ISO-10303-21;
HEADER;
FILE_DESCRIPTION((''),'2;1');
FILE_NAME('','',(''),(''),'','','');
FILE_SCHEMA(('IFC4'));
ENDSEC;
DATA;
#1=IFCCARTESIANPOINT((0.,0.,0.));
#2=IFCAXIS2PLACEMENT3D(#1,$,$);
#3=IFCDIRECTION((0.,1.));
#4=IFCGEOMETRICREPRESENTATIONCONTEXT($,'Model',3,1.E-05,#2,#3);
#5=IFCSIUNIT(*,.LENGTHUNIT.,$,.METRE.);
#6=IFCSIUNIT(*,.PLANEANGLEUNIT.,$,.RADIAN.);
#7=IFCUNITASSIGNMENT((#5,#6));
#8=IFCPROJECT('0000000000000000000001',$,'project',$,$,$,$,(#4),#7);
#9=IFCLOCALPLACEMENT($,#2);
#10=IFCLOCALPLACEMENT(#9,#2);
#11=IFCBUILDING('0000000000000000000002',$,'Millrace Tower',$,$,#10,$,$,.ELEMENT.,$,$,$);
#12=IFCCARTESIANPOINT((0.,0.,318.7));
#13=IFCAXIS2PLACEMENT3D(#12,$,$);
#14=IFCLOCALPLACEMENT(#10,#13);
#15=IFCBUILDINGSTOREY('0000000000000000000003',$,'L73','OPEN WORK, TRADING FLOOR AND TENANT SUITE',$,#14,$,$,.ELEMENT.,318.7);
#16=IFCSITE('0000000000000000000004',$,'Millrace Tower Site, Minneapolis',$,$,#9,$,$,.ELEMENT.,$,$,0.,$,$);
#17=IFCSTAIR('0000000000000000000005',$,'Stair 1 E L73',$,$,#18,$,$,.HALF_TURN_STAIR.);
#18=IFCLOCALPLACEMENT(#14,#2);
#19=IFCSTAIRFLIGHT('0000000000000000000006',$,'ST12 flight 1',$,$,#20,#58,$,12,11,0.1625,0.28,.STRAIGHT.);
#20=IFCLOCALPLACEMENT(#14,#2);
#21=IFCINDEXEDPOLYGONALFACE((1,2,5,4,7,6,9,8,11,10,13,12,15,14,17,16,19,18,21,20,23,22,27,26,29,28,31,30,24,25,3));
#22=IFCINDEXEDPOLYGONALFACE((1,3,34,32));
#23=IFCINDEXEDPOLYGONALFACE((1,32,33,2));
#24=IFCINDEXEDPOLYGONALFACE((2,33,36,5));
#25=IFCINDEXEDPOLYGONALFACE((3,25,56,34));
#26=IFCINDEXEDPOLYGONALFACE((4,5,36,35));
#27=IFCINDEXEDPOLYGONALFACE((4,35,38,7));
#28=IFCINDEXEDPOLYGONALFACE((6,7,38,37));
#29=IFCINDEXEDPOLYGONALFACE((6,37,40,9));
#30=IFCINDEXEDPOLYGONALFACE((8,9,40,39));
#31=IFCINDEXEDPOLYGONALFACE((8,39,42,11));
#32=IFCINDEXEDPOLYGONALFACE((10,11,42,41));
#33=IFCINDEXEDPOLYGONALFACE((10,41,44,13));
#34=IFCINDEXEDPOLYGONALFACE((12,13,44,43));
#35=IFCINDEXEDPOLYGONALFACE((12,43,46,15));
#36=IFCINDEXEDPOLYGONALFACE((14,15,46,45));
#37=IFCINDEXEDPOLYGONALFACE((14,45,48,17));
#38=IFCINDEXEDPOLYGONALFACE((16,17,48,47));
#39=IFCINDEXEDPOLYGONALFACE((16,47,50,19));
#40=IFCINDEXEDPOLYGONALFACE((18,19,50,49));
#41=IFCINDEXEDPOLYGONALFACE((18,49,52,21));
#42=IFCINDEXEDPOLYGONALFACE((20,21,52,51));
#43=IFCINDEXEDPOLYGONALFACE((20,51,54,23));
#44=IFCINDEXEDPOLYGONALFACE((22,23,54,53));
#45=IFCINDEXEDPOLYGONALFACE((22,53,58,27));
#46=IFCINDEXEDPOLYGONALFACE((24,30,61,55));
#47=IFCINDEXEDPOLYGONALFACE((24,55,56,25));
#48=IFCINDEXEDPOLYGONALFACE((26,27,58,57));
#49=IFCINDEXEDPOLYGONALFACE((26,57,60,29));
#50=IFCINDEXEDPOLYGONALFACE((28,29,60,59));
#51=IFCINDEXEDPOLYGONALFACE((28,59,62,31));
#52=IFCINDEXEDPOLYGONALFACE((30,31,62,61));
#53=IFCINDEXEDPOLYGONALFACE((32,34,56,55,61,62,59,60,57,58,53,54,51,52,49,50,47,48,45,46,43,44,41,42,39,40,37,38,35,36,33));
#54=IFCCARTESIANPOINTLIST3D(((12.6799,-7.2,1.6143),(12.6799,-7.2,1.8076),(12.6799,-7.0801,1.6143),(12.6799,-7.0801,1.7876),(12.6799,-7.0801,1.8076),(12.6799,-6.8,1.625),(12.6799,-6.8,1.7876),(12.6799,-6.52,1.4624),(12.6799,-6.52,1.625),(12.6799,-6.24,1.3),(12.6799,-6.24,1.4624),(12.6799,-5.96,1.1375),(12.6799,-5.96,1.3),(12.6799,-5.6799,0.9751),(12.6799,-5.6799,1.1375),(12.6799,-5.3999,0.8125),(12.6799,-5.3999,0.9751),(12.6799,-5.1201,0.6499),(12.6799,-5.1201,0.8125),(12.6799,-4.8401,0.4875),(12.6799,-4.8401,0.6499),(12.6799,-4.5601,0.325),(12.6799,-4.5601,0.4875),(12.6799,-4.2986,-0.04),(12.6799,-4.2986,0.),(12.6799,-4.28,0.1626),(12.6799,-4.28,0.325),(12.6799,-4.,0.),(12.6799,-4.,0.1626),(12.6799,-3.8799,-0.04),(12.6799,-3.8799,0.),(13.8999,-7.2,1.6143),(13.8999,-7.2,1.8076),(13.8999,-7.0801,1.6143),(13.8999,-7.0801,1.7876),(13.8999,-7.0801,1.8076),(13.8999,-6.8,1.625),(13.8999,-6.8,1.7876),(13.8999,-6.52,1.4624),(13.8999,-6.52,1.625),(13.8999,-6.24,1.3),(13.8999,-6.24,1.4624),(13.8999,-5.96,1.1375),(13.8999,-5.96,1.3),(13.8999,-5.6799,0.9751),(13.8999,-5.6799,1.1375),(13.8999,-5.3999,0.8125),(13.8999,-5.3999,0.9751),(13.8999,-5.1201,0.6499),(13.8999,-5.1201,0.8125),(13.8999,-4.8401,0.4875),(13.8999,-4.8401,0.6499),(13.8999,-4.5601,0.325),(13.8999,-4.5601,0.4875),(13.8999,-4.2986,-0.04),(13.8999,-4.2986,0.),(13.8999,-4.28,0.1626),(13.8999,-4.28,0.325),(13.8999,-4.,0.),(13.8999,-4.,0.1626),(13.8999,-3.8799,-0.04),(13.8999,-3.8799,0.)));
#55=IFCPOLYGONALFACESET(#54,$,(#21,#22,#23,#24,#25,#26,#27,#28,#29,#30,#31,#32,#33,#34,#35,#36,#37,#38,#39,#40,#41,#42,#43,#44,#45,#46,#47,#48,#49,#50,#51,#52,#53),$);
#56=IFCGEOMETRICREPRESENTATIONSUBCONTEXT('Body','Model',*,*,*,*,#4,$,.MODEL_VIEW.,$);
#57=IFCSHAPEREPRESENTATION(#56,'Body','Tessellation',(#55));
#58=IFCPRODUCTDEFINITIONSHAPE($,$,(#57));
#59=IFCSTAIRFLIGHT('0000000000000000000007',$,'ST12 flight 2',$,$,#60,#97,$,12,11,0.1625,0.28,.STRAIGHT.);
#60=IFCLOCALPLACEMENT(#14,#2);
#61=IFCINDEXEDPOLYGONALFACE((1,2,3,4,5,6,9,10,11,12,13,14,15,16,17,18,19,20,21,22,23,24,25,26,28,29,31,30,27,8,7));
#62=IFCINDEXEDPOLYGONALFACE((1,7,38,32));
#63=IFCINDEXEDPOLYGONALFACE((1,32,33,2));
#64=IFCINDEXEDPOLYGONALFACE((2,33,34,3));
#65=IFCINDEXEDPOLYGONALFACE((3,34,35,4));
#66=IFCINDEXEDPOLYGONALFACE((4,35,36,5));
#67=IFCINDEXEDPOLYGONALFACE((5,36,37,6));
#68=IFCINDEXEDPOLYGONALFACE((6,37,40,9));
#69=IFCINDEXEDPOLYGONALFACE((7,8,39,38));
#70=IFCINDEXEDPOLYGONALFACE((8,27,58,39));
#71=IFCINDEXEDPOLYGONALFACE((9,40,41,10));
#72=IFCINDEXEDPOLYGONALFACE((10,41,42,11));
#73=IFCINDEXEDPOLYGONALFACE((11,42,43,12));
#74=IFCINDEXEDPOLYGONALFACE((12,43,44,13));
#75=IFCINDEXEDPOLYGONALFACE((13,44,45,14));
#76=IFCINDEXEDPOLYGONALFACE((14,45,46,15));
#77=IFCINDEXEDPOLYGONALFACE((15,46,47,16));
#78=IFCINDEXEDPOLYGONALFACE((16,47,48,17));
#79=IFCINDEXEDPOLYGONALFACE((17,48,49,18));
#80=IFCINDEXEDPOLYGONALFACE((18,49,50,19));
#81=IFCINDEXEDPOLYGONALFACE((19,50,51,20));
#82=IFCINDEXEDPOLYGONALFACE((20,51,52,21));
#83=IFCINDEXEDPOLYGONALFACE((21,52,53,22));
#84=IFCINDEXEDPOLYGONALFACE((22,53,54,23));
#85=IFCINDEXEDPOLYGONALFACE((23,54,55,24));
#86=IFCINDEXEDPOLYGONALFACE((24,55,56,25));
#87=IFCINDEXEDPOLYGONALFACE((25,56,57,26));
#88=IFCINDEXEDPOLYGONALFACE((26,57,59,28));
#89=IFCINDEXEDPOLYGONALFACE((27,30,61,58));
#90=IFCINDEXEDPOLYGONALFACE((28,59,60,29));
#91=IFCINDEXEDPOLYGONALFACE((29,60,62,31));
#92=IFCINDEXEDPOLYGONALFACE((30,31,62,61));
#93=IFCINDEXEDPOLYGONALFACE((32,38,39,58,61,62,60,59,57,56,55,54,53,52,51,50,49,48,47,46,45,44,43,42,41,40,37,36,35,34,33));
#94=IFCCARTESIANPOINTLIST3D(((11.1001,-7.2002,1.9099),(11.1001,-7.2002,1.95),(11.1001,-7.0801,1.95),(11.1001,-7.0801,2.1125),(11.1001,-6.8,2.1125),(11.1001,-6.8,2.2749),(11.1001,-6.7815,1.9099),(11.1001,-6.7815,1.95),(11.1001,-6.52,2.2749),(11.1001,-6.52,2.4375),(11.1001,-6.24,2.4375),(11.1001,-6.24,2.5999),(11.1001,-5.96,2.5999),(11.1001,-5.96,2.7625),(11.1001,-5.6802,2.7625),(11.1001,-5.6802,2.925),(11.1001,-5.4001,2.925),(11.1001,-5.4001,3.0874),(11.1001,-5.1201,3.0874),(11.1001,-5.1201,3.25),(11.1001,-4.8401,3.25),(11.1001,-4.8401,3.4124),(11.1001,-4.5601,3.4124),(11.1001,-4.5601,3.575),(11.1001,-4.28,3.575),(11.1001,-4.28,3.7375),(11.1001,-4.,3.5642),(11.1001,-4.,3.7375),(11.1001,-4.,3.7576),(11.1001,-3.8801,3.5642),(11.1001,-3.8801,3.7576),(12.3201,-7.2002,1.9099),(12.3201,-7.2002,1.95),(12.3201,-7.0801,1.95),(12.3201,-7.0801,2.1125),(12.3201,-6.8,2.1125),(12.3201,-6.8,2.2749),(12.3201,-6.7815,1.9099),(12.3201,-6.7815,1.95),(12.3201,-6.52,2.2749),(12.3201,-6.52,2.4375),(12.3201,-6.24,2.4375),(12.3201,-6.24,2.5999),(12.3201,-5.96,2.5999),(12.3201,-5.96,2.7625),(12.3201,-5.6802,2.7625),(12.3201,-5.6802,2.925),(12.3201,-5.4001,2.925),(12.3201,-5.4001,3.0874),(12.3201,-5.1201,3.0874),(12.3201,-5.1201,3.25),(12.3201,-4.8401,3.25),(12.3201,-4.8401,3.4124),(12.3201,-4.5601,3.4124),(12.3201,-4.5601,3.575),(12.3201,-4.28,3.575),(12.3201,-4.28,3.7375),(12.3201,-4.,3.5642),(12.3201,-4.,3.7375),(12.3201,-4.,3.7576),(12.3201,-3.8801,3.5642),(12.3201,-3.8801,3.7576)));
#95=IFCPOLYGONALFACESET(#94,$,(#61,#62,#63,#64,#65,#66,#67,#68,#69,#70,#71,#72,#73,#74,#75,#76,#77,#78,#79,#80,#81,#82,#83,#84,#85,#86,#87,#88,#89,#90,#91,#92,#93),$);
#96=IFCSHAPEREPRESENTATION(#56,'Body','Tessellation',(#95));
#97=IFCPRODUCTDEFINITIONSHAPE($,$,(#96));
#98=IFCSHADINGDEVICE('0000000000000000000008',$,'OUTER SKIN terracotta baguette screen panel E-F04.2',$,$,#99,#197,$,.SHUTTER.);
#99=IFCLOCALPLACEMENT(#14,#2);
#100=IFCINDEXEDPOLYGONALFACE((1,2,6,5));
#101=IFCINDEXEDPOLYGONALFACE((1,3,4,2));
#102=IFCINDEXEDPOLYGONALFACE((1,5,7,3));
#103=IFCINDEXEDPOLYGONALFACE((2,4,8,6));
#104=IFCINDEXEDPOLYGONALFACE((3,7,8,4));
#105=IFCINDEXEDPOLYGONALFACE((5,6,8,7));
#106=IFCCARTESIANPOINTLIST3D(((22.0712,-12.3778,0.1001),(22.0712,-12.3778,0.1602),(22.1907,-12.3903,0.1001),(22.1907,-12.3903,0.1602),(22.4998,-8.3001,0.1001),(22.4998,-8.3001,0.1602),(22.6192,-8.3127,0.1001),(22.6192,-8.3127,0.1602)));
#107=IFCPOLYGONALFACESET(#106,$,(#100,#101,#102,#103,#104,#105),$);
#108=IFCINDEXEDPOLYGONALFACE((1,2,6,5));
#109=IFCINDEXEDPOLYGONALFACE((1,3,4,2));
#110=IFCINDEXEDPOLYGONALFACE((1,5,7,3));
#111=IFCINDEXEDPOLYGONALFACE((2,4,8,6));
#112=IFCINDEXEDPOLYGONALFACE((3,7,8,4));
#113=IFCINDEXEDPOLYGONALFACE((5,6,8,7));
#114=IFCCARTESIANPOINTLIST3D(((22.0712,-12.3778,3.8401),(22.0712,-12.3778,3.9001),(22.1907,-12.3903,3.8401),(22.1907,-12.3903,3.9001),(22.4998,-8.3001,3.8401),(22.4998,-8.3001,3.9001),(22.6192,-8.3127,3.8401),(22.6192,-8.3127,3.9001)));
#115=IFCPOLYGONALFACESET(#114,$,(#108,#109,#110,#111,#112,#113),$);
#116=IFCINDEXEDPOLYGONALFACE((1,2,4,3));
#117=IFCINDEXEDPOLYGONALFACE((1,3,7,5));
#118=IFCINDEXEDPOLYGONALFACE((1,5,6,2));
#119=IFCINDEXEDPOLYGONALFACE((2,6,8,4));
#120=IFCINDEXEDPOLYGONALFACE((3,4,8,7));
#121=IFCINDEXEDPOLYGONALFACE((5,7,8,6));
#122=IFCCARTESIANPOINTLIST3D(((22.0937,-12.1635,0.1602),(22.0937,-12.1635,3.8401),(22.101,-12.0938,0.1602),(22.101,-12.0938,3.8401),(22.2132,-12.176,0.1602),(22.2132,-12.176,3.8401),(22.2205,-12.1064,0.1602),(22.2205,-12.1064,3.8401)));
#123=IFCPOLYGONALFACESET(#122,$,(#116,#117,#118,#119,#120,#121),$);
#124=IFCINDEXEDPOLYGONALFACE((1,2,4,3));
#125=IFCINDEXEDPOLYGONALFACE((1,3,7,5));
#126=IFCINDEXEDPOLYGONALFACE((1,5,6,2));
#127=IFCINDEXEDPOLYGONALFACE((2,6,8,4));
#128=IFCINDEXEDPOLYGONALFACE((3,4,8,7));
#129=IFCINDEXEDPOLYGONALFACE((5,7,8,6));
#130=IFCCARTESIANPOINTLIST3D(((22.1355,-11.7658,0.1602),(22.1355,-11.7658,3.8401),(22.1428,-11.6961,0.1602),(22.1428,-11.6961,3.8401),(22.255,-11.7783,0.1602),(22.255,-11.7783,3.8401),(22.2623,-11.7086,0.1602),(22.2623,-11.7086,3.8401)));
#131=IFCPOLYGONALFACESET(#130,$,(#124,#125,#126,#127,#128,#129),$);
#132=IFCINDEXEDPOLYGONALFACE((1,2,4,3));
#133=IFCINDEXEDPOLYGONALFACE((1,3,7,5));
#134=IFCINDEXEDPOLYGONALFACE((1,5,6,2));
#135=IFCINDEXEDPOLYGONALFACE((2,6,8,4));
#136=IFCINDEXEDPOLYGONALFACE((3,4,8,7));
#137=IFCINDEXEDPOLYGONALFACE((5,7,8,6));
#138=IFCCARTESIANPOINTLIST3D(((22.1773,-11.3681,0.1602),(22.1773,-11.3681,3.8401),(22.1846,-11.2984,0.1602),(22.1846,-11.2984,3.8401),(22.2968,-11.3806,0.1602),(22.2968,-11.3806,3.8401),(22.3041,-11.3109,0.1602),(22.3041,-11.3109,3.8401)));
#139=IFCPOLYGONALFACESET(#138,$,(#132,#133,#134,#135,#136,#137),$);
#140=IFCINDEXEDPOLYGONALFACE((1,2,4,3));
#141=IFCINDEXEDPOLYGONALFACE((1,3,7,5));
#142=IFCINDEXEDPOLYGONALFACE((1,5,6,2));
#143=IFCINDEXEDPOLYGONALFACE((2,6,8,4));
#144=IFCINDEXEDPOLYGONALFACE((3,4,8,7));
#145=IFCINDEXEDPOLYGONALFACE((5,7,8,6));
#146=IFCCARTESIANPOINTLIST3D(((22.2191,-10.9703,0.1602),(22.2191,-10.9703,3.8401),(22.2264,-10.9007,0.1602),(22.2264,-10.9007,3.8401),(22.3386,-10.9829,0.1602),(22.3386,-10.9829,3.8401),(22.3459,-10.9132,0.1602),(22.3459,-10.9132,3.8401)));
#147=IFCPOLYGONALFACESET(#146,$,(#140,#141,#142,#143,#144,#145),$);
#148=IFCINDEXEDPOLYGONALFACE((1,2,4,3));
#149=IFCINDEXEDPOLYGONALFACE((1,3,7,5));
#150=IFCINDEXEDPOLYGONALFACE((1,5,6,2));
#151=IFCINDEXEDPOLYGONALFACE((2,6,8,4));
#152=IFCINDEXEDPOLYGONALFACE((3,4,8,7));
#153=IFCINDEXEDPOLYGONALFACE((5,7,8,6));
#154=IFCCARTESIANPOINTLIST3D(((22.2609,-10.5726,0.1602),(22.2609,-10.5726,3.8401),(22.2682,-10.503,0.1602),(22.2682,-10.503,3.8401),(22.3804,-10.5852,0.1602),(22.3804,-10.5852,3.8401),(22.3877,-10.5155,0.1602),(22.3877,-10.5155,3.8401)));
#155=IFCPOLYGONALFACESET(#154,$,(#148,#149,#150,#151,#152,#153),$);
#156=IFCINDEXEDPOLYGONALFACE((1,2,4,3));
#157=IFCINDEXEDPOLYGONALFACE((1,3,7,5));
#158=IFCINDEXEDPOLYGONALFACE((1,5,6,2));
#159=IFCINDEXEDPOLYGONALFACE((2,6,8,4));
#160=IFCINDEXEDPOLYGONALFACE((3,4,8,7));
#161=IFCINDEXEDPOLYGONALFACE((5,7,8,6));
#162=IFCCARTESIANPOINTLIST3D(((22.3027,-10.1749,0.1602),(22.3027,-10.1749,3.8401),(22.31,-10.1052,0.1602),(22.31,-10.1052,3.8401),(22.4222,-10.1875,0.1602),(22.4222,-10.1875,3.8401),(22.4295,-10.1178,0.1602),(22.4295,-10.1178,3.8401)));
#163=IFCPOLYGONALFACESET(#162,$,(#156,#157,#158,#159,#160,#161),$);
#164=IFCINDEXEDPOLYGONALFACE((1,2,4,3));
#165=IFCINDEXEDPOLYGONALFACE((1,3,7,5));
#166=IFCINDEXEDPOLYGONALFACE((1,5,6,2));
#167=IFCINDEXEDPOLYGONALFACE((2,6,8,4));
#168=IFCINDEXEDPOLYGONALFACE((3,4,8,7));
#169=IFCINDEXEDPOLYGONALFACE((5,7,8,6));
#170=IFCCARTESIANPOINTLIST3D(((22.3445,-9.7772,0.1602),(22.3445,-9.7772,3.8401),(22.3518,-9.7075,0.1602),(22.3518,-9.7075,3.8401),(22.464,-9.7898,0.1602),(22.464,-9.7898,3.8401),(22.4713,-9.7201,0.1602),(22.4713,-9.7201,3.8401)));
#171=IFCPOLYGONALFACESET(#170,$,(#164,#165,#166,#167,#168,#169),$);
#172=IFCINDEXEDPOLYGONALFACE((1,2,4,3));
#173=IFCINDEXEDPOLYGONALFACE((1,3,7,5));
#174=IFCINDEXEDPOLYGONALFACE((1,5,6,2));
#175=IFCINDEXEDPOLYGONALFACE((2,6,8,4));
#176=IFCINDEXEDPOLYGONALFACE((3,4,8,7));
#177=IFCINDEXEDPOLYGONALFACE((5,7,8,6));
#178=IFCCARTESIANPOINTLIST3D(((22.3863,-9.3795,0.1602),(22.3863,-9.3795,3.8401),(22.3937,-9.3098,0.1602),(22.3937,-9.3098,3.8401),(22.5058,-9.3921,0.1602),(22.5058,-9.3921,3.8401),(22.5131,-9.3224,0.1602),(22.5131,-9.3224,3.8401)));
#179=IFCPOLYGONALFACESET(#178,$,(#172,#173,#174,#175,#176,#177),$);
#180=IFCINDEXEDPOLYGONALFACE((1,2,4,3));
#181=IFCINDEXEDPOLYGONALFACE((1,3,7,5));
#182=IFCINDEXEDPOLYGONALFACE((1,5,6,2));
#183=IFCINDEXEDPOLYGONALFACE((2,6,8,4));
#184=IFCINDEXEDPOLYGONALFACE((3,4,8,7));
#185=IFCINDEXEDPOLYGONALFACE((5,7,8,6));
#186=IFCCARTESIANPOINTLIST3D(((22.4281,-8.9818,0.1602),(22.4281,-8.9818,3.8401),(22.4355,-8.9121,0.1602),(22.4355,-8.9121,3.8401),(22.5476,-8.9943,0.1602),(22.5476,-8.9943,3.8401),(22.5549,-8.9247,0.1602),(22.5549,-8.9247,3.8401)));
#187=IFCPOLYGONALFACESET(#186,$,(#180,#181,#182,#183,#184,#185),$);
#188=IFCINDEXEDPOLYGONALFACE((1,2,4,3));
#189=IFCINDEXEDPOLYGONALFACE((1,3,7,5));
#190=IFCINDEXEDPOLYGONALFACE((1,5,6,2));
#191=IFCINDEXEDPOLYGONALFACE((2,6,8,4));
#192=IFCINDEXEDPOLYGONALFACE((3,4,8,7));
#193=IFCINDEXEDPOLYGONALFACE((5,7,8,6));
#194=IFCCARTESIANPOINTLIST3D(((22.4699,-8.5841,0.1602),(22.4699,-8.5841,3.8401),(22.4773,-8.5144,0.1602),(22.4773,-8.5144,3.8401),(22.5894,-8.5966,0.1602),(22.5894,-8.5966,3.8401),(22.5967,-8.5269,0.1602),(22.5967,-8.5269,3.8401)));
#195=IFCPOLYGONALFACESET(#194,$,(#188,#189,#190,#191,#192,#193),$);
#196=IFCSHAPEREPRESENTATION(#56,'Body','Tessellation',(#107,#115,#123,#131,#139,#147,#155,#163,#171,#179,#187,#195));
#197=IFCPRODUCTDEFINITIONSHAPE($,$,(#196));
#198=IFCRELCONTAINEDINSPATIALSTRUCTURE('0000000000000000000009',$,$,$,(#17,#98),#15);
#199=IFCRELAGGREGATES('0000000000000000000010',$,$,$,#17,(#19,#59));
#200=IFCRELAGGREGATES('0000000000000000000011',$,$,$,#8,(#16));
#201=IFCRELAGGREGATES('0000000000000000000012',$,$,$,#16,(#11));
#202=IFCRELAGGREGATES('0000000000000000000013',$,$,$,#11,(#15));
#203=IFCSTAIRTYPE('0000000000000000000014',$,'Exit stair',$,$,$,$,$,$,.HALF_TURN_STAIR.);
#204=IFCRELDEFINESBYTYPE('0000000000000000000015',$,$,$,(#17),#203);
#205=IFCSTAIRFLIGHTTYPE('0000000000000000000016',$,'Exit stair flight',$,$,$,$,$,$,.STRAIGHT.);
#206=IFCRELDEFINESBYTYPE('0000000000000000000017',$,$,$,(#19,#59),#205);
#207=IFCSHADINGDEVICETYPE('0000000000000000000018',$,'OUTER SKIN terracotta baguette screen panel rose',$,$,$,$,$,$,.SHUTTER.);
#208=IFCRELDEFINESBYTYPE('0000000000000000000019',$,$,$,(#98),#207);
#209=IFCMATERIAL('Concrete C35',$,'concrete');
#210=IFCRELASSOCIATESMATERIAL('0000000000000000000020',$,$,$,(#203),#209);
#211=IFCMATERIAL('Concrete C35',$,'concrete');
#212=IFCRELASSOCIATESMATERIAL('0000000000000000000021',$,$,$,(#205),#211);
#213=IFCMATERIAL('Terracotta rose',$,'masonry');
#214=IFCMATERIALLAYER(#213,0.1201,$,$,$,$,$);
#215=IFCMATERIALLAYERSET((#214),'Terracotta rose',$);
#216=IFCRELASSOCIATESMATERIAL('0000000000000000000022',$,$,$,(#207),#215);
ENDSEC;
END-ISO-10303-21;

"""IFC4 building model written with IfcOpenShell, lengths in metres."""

from ifc_helpers import new_model, entity, si_unit, direction, frame, frame_2d, origin, place, context, subcontext, project, spatial, polyline, rectangle, outline, extrude, source, transform, mapped, material, layer, layer_set, type_object, element, aggregate, save


model = new_model("IFC4")

# Units and contexts
model_context = context("Model", 3, precision=1e-05, world=origin(), true_north=direction((0.0, 1.0)))
body_context = subcontext(model_context, "Body", "Model", "MODEL_VIEW")
ifc_project = project(units=[si_unit("LENGTHUNIT", "METRE"), si_unit("PLANEANGLEUNIT", "RADIAN")], contexts=[model_context])

# Site, building, storey
site_placement = place(None, origin())
site = spatial("IfcSite", under=ifc_project, at=site_placement, Name="Millrace Tower Site, Minneapolis", CompositionType="ELEMENT", RefElevation=0.0)
building_placement = place(site_placement, origin())
building = spatial("IfcBuilding", under=site, at=building_placement, Name="Millrace Tower", CompositionType="ELEMENT")
storey_placement = place(building_placement, frame((0.0, 0.0, 318.7)))
storey = spatial("IfcBuildingStorey", under=building, at=storey_placement, Name="L73", Description="OPEN WORK, TRADING FLOOR AND TENANT SUITE", CompositionType="ELEMENT", Elevation=318.7)

# Shared definitions
placement = place(storey_placement, origin())

# Stair, stair flights
ifc_material_1 = material(Name="Concrete C35", Category="concrete")
stair_type = type_object("IfcStairType", Name="Exit stair", PredefinedType="HALF_TURN_STAIR", material=ifc_material_1)
stair = element("IfcStair", 1, at=placement, inside=storey, type_object=stair_type, Name="Stair 1 E L73", PredefinedType="HALF_TURN_STAIR")
ifc_material_2 = material(Name="Concrete C35", Category="concrete")
stair_flight_type = type_object("IfcStairFlightType", Name="Exit stair flight", PredefinedType="STRAIGHT", material=ifc_material_2)
stair_flight_1_placement = place(storey_placement, frame((13.29, -4.0, 0.0), z_axis=(0.0, 0.0, 1.0), x_axis=(0.0, -1.0, 0.0)))
stair_flight_1 = element("IfcStairFlight", 2, at=stair_flight_1_placement, type_object=stair_flight_type, Name="ST12 flight 1", NumberOfRisers=12, NumberOfTreads=11, PredefinedType="STRAIGHT", RiserHeight=0.1625, TreadLength=0.28, context=body_context, shape_type="SweptSolid", body=[
    extrude(outline(polyline([(-0.1201, -0.04), (-0.1201, 0.0), (0.0, 0.0), (0.0, 0.1626), (0.28, 0.1626), (0.28, 0.325), (0.5601, 0.325), (0.5601, 0.4875), (0.8401, 0.4875), (0.8401, 0.6499), (1.1201, 0.6499), (1.1201, 0.8125), (1.3999, 0.8125), (1.3999, 0.9751), (1.6799, 0.9751), (1.6799, 1.1375), (1.96, 1.1375), (1.96, 1.3), (2.24, 1.3), (2.24, 1.4624), (2.52, 1.4624), (2.52, 1.625), (2.8, 1.625), (2.8, 1.7876), (3.0801, 1.7876), (3.0801, 1.8076), (3.2, 1.8076), (3.2, 1.6143), (3.0801, 1.6143), (0.2986, 0.0), (0.2986, -0.04), (-0.1201, -0.04)])), frame((0.0, 0.6099, 0.0), z_axis=(0.0, -1.0, 0.0), x_axis=(1.0, 0.0, 0.0)), (0.0, 0.0, 1.0), 1.22),
])
stair_flight_2_placement = place(storey_placement, frame((11.71, -7.0801, 1.95), z_axis=(0.0, 0.0, 1.0), x_axis=(0.0, 1.0, 0.0)))
stair_flight_2 = element("IfcStairFlight", 3, at=stair_flight_2_placement, type_object=stair_flight_type, Name="ST12 flight 2", NumberOfRisers=12, NumberOfTreads=11, PredefinedType="STRAIGHT", RiserHeight=0.1625, TreadLength=0.28, context=body_context, shape_type="SweptSolid", body=[
    extrude(outline(polyline([(-0.1201, -0.04), (-0.1201, 0.0), (0.0, 0.0), (0.0, 0.1626), (0.28, 0.1626), (0.28, 0.325), (0.5601, 0.325), (0.5601, 0.4875), (0.8401, 0.4875), (0.8401, 0.6499), (1.1201, 0.6499), (1.1201, 0.8125), (1.3999, 0.8125), (1.3999, 0.9751), (1.6799, 0.9751), (1.6799, 1.1375), (1.96, 1.1375), (1.96, 1.3), (2.24, 1.3), (2.24, 1.4624), (2.52, 1.4624), (2.52, 1.625), (2.8, 1.625), (2.8, 1.7876), (3.0801, 1.7876), (3.0801, 1.8076), (3.2, 1.8076), (3.2, 1.6143), (3.0801, 1.6143), (0.2986, 0.0), (0.2986, -0.04), (-0.1201, -0.04)])), frame((0.0, 0.6099, 0.0), z_axis=(0.0, -1.0, 0.0), x_axis=(1.0, 0.0, 0.0)), (0.0, 0.0, 1.0), 1.22),
])
aggregate(stair, [stair_flight_1, stair_flight_2])

# Shading device
ifc_material_3 = material(Name="Terracotta rose", Category="masonry")
ifc_layer_1 = layer(ifc_material_3, 0.1201)
ifc_layer_set_1 = layer_set([ifc_layer_1], Name="Terracotta rose")
shading_device_type = type_object("IfcShadingDeviceType", Name="OUTER SKIN terracotta baguette screen panel rose", PredefinedType="SHUTTER", material=ifc_layer_set_1)
cartesian_point = entity("IfcCartesianPoint", [-2.05, 0.0601])
shared_polyline = entity("IfcPolyline", [cartesian_point, entity("IfcCartesianPoint", [2.05, 0.0601]), entity("IfcCartesianPoint", [2.05, -0.0601]), entity("IfcCartesianPoint", [-2.05, -0.0601]), cartesian_point])
shared_shape = source(origin(), body_context, "Body", "SweptSolid", [
    entity("IfcExtrudedAreaSolid", entity("IfcArbitraryClosedProfileDef", "AREA", None, shared_polyline), entity("IfcAxis2Placement3D", entity("IfcCartesianPoint", [0.0, 0.0, 0.0])), entity("IfcDirection", [0.0, 0.0, 1.0]), 0.0601),
    entity("IfcExtrudedAreaSolid", entity("IfcArbitraryClosedProfileDef", "AREA", None, shared_polyline), entity("IfcAxis2Placement3D", entity("IfcCartesianPoint", [0.0, 0.0, 3.74])), entity("IfcDirection", [0.0, 0.0, 1.0]), 0.0601),
    extrude(rectangle(XDim=0.0701, YDim=0.1201, at=frame_2d((-1.7996, 0.0))), frame((0.0, 0.0, 0.0601)), (0.0, 0.0, 1.0), 3.6799),
    extrude(rectangle(XDim=0.0701, YDim=0.1201, at=frame_2d((-1.3997, 0.0))), frame((0.0, 0.0, 0.0601)), (0.0, 0.0, 1.0), 3.6799),
    extrude(rectangle(XDim=0.0701, YDim=0.1201, at=frame_2d((-0.9998, 0.0))), frame((0.0, 0.0, 0.0601)), (0.0, 0.0, 1.0), 3.6799),
    extrude(rectangle(XDim=0.0701, YDim=0.1201, at=frame_2d((-0.5999, 0.0))), frame((0.0, 0.0, 0.0601)), (0.0, 0.0, 1.0), 3.6799),
    extrude(rectangle(XDim=0.0701, YDim=0.1201, at=frame_2d((-0.2, 0.0))), frame((0.0, 0.0, 0.0601)), (0.0, 0.0, 1.0), 3.6799),
    extrude(rectangle(XDim=0.0701, YDim=0.1201, at=frame_2d((0.2, 0.0))), frame((0.0, 0.0, 0.0601)), (0.0, 0.0, 1.0), 3.6799),
    extrude(rectangle(XDim=0.0701, YDim=0.1201, at=frame_2d((0.5999, 0.0))), frame((0.0, 0.0, 0.0601)), (0.0, 0.0, 1.0), 3.6799),
    extrude(rectangle(XDim=0.0701, YDim=0.1201, at=frame_2d((0.9998, 0.0))), frame((0.0, 0.0, 0.0601)), (0.0, 0.0, 1.0), 3.6799),
    extrude(rectangle(XDim=0.0701, YDim=0.1201, at=frame_2d((1.3997, 0.0))), frame((0.0, 0.0, 0.0601)), (0.0, 0.0, 1.0), 3.6799),
    extrude(rectangle(XDim=0.0701, YDim=0.1201, at=frame_2d((1.7996, 0.0))), frame((0.0, 0.0, 0.0601)), (0.0, 0.0, 1.0), 3.6799),
])
for number, where, z_axis, x_axis, name in (
    (4, (22.3452, -10.3452, 0.1001), (0.0, 0.0, 1.0), (0.104528, 0.994522, 0.0), "OUTER SKIN terracotta baguette screen panel E-F04.2"),
):
    element("IfcShadingDevice", number, at=place(storey_placement, frame(where, z_axis=z_axis, x_axis=x_axis)), inside=storey, type_object=shading_device_type, Name=name, PredefinedType="SHUTTER", context=body_context, shape_type="MappedRepresentation", body=[
        mapped(shared_shape, transform((0.0, 0.0, 0.0), scale=1.0)),
    ])

save(model, "model.ifc")
